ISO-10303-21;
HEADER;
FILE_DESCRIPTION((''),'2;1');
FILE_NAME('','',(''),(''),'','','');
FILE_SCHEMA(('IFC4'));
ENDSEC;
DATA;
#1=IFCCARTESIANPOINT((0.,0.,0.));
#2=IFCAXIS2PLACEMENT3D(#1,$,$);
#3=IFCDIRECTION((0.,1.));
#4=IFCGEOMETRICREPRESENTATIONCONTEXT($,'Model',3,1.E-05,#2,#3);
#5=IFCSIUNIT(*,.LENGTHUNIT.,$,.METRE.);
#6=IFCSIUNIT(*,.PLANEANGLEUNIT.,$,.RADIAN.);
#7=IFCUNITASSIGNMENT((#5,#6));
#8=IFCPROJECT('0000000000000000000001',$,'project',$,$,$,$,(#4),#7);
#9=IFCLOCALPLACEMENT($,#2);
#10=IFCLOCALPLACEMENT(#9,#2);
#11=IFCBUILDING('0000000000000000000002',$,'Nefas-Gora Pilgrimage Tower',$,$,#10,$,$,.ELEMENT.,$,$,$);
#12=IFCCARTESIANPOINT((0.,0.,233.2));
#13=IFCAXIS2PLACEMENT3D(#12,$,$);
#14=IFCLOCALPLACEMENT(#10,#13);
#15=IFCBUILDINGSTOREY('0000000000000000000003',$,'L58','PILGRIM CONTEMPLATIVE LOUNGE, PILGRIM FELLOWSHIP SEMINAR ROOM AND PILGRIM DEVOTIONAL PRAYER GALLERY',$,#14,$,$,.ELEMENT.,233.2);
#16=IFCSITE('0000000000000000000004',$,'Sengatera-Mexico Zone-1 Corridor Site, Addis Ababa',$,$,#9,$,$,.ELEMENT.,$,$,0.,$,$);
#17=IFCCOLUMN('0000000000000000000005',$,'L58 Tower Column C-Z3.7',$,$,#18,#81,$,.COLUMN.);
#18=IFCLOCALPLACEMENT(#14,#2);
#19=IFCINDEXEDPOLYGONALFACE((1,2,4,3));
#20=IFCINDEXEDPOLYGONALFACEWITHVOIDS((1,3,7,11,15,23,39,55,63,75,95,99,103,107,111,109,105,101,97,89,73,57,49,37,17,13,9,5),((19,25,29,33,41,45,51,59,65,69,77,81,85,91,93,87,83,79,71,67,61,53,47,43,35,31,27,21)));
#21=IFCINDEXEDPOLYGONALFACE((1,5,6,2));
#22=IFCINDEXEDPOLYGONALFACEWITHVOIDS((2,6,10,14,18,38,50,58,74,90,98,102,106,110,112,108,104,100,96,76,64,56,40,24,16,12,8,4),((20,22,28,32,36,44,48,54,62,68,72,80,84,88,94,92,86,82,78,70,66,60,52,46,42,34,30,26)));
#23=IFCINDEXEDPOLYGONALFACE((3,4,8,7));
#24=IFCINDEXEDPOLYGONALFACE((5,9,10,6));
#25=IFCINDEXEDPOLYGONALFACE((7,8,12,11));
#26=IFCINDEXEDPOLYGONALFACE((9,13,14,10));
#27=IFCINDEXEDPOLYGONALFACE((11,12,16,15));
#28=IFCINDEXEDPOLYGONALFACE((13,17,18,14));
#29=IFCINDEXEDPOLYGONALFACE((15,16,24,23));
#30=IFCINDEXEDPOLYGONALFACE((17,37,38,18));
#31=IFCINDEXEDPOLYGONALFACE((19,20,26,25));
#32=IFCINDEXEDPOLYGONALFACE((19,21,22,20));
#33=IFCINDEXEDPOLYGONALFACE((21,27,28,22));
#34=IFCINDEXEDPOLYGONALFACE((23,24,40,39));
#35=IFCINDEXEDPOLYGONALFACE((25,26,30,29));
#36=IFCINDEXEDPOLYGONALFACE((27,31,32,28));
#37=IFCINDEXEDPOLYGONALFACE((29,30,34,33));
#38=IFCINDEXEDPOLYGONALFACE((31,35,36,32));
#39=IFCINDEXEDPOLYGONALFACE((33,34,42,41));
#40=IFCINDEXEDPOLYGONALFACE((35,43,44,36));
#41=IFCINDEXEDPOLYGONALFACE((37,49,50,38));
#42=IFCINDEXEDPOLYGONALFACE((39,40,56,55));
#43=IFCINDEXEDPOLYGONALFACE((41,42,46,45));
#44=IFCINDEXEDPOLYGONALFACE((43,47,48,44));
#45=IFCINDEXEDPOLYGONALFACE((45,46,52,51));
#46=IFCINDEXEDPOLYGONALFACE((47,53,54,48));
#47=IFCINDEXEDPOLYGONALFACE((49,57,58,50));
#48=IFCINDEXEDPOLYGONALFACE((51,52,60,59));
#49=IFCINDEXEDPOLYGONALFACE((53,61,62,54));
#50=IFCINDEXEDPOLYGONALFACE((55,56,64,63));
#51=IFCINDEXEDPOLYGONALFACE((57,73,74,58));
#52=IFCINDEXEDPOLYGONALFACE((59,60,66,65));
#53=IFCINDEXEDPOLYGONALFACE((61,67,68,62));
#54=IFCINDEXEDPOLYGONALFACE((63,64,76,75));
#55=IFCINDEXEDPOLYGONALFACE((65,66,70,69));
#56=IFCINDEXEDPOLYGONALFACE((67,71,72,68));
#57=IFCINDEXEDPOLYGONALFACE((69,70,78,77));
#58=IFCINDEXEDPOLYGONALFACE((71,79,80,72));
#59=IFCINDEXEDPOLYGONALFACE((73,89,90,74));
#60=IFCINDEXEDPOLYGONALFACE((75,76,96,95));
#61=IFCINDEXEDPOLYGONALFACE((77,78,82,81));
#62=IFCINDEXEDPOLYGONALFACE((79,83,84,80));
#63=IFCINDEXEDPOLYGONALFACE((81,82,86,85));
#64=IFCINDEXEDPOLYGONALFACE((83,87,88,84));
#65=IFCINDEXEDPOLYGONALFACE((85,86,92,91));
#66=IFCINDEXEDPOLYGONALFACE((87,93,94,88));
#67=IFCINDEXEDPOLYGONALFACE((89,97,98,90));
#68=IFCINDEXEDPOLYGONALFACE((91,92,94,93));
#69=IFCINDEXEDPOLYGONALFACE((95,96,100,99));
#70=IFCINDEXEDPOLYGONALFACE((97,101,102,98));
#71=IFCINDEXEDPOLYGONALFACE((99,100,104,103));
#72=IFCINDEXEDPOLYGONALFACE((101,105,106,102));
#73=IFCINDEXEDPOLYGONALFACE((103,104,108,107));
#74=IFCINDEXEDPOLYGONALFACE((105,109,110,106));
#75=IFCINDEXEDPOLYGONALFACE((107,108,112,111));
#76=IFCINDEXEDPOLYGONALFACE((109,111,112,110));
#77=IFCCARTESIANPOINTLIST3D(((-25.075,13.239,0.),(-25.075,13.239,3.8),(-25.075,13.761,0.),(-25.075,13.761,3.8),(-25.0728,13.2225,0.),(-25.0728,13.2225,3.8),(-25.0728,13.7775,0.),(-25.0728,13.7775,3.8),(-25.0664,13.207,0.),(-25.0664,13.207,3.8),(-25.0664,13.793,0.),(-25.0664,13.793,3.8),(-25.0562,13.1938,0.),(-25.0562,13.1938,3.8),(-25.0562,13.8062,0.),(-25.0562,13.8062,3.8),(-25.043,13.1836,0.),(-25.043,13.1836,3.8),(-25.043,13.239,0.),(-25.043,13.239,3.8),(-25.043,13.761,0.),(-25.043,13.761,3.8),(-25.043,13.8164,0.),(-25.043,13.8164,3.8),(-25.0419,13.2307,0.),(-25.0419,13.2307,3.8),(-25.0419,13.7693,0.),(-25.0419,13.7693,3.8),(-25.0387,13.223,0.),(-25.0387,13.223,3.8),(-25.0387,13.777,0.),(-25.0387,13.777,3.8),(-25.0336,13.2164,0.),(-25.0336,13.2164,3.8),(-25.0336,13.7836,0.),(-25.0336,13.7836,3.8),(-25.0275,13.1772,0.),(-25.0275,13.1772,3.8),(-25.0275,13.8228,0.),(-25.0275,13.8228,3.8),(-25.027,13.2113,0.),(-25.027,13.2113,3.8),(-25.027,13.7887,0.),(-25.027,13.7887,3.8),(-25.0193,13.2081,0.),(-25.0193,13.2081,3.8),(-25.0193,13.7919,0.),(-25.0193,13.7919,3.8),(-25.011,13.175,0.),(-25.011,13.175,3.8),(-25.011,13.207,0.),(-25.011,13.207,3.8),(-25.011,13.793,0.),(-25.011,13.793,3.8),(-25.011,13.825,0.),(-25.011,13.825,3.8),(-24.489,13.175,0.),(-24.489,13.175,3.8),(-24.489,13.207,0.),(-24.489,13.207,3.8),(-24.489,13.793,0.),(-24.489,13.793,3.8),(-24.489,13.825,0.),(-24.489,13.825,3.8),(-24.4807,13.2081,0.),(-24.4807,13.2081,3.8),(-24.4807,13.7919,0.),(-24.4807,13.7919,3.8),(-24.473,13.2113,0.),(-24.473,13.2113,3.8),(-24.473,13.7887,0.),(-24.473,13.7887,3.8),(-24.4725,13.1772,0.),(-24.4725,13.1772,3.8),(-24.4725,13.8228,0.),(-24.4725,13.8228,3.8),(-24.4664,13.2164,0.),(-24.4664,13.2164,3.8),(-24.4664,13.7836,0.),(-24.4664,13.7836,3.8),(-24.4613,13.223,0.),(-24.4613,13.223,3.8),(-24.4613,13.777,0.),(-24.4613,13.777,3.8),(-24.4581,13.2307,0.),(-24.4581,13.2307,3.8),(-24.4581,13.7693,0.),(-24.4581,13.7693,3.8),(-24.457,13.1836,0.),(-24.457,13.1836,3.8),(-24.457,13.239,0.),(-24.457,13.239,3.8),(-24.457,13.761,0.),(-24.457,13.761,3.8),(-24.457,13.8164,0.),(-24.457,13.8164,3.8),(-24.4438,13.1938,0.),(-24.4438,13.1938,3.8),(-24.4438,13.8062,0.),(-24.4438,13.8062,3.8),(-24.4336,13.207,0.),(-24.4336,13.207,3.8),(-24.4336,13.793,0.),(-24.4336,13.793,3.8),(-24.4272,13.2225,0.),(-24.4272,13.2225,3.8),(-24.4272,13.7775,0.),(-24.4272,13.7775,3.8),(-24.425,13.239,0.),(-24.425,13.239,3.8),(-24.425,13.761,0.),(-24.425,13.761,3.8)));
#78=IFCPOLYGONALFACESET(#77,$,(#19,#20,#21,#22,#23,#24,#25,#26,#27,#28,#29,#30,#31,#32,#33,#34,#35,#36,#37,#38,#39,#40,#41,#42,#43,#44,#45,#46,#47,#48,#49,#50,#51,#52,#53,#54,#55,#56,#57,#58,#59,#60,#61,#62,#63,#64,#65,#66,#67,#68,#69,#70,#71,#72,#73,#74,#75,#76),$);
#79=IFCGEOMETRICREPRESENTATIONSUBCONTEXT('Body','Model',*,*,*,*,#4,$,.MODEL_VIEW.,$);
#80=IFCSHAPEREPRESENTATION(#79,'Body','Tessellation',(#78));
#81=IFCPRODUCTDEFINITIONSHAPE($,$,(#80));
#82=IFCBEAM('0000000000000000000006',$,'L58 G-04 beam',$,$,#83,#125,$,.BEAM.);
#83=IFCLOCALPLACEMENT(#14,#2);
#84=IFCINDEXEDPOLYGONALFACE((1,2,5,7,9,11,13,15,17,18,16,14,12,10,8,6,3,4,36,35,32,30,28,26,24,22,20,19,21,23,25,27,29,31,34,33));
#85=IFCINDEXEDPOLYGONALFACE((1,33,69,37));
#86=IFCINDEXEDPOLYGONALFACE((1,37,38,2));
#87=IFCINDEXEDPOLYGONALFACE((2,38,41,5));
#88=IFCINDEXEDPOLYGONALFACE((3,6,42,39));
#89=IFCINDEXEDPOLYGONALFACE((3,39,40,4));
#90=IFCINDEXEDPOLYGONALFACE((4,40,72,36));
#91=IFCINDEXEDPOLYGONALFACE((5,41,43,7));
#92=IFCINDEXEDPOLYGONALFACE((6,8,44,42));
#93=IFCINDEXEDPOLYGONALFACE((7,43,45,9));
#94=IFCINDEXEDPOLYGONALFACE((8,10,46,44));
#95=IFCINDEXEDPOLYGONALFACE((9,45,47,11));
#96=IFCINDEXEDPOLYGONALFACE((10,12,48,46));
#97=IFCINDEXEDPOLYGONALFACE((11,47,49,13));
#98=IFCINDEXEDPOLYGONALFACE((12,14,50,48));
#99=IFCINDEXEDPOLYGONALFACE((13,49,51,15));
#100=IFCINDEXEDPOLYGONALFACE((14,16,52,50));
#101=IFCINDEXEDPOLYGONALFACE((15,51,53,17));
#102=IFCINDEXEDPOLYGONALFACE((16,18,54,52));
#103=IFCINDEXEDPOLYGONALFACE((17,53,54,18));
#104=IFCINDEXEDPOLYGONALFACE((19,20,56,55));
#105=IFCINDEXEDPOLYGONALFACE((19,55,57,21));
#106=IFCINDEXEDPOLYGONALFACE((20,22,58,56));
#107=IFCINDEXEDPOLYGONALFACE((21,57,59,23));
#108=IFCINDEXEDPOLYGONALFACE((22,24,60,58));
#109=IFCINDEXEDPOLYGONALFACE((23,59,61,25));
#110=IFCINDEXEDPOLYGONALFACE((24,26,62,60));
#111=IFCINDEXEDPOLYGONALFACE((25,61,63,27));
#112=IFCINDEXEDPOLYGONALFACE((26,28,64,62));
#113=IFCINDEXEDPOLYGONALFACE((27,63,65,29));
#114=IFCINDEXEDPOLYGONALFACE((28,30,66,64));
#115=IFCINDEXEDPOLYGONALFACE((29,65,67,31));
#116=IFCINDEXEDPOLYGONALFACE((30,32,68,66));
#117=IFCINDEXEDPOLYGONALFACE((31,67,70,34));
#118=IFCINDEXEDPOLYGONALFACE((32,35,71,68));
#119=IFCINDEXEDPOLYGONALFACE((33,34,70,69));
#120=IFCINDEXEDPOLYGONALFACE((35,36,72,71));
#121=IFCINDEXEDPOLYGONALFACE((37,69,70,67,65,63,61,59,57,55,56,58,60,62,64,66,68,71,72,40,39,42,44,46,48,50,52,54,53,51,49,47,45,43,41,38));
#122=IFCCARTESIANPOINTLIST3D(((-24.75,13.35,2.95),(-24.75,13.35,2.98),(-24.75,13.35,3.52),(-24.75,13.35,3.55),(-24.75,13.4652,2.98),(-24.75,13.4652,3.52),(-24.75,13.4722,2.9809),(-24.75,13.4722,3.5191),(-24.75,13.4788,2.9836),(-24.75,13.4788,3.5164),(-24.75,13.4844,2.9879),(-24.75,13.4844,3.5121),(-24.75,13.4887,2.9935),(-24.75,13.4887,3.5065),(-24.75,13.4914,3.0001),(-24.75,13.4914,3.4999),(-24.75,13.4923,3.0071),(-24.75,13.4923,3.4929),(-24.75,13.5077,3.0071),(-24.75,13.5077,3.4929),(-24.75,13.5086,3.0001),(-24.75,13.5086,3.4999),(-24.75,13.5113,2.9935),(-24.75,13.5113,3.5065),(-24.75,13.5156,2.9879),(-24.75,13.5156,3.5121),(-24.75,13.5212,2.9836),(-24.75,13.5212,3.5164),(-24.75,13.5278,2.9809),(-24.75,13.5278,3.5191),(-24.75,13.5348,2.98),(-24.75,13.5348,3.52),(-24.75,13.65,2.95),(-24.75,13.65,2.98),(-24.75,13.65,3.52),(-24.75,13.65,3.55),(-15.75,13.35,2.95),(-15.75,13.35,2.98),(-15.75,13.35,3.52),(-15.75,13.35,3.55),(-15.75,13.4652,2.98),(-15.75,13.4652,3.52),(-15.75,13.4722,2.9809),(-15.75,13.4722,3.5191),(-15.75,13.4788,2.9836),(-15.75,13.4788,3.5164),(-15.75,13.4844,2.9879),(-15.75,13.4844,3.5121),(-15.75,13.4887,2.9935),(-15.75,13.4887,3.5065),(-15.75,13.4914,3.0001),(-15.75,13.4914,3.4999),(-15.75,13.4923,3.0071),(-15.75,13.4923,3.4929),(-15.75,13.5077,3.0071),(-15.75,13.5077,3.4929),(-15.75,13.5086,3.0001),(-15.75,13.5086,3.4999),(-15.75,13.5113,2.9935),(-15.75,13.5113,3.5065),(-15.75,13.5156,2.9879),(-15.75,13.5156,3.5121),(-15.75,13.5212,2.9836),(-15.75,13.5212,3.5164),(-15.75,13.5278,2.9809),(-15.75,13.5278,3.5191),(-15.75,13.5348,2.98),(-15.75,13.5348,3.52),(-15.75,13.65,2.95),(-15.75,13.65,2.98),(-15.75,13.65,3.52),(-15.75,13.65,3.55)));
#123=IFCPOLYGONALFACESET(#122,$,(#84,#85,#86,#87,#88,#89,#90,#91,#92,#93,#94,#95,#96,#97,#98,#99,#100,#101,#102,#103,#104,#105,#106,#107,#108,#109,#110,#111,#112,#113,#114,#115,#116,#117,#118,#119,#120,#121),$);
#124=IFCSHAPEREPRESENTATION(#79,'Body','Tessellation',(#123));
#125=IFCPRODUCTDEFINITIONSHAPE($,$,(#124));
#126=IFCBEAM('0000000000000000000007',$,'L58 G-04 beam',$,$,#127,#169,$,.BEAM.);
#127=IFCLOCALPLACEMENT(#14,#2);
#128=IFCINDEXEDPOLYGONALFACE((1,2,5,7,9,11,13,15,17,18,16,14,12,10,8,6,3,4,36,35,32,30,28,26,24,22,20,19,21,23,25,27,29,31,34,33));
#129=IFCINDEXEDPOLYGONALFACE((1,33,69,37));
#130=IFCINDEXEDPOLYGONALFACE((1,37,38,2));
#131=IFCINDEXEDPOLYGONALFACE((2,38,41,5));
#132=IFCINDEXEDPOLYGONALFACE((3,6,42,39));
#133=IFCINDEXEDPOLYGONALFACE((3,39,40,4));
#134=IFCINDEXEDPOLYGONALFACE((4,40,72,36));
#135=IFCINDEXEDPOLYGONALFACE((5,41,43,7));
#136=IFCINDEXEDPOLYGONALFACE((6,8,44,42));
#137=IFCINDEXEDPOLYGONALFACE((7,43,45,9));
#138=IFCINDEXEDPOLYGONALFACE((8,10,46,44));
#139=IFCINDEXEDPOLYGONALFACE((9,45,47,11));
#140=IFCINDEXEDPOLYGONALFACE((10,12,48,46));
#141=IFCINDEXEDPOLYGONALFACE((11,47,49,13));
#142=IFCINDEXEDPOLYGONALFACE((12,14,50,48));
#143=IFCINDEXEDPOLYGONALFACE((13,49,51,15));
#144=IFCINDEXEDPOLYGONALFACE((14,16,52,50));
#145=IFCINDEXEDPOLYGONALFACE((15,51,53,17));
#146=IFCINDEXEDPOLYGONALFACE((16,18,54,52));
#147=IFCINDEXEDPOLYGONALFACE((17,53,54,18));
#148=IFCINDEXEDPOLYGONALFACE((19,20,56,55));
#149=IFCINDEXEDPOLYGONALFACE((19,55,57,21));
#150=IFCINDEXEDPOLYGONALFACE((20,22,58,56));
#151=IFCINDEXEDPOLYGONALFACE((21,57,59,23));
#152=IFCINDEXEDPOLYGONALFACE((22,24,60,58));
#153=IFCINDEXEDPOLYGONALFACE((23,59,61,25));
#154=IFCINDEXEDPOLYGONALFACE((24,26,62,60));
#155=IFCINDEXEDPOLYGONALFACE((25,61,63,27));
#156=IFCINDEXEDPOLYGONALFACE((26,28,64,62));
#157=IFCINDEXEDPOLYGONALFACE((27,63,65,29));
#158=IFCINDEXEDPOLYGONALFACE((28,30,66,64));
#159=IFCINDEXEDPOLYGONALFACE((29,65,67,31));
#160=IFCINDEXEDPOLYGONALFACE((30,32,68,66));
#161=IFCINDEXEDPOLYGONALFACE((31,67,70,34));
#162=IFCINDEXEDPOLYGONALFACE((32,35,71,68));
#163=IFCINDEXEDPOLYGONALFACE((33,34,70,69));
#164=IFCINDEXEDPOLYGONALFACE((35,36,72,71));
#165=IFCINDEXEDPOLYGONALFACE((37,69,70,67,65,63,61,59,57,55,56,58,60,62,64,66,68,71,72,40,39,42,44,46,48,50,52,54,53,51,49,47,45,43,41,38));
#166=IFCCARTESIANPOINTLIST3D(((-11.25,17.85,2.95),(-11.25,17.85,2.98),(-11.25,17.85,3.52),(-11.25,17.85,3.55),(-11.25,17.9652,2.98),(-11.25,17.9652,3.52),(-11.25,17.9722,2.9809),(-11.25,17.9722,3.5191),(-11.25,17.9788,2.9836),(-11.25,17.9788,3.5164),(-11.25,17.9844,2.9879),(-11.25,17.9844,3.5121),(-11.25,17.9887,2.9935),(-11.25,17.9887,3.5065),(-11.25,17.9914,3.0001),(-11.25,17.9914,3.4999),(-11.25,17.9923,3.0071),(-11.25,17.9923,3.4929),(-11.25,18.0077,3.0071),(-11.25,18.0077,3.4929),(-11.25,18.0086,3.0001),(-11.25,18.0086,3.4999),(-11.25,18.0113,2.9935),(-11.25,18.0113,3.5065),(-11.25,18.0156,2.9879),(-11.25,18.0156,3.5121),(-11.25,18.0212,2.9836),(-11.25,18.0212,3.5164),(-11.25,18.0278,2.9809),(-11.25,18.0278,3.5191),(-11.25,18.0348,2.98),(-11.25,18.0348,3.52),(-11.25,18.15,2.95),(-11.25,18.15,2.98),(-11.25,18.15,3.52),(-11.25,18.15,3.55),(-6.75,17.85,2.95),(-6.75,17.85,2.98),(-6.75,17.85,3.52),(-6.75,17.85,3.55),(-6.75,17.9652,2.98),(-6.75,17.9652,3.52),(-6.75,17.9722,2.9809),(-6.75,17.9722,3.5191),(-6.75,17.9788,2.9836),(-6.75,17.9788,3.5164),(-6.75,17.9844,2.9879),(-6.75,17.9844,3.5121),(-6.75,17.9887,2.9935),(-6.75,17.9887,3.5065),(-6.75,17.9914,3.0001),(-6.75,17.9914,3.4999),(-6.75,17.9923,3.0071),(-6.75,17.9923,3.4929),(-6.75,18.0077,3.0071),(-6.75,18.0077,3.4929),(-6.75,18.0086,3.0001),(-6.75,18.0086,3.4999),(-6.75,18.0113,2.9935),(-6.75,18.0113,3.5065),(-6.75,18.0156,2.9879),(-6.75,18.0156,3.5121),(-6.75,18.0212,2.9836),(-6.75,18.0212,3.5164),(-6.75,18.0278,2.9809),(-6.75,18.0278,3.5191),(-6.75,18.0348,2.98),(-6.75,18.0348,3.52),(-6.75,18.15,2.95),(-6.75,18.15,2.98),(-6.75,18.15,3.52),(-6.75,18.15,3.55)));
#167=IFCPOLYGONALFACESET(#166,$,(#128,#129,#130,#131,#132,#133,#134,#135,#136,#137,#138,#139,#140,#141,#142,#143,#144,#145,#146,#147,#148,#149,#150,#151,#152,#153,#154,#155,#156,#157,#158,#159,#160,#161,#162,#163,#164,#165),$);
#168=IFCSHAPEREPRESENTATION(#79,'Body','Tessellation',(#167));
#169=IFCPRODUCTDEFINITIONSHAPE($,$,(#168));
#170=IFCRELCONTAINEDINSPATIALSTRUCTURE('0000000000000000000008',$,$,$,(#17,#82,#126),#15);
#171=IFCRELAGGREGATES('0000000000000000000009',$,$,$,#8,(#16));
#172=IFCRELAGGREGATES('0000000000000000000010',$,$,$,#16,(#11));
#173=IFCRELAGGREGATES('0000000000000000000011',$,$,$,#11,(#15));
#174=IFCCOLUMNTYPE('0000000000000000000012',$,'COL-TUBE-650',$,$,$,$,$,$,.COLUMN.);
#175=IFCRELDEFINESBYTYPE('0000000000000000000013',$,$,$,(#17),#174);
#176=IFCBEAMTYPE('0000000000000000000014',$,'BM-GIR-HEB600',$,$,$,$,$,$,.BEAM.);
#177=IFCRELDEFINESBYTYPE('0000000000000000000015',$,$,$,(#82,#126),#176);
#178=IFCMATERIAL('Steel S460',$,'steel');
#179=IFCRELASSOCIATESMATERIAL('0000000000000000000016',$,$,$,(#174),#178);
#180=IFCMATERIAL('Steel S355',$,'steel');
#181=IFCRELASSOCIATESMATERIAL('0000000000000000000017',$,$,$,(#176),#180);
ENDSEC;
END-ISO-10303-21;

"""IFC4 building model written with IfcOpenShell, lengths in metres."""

from ifc_helpers import new_model, si_unit, direction, frame, origin, origin_2d, place, context, subcontext, project, spatial, hollow_rectangle, i_section, extrude, source, transform, mapped, material, material_profile, profile_set, type_object, element, save


model = new_model("IFC4")

# Units and contexts
model_context = context("Model", 3, precision=1e-05, world=origin(), true_north=direction((0.0, 1.0)))
body_context = subcontext(model_context, "Body", "Model", "MODEL_VIEW")
ifc_project = project(units=[si_unit("LENGTHUNIT", "METRE"), si_unit("PLANEANGLEUNIT", "RADIAN")], contexts=[model_context])

# Site, building, storey
site_placement = place(None, origin())
site = spatial("IfcSite", under=ifc_project, at=site_placement, Name="Sengatera-Mexico Zone-1 Corridor Site, Addis Ababa", CompositionType="ELEMENT", RefElevation=0.0)
building_placement = place(site_placement, origin())
building = spatial("IfcBuilding", under=site, at=building_placement, Name="Nefas-Gora Pilgrimage Tower", CompositionType="ELEMENT")
storey_placement = place(building_placement, frame((0.0, 0.0, 233.2)))
storey = spatial("IfcBuildingStorey", under=building, at=storey_placement, Name="L58", Description="PILGRIM CONTEMPLATIVE LOUNGE, PILGRIM FELLOWSHIP SEMINAR ROOM AND PILGRIM DEVOTIONAL PRAYER GALLERY", CompositionType="ELEMENT", Elevation=233.2)

# Column
ifc_material_1 = material(Name="Steel S460", Category="steel")
ifc_material_profile_1 = material_profile(ifc_material_1, hollow_rectangle(XDim=0.6499, YDim=0.6499, WallThickness=0.032, InnerFilletRadius=0.032, OuterFilletRadius=0.064, at=origin_2d()), Name="BOX 650x650x32")
ifc_profile_set_1 = profile_set([ifc_material_profile_1], Name="Steel S460")
column_type_1 = type_object("IfcColumnType", Name="COL-TUBE-650", PredefinedType="COLUMN", material=ifc_profile_set_1)
shared_shape_1 = source(origin(), body_context, "Body", "SweptSolid", [
    extrude(hollow_rectangle(XDim=0.6499, YDim=0.6499, WallThickness=0.032, InnerFilletRadius=0.032, OuterFilletRadius=0.064, at=origin_2d()), origin(), (0.0, 0.0, 1.0), 3.8),
])
column_placement = place(storey_placement, frame((-24.75, 13.5, 0.0), z_axis=(0.0, 0.0, 1.0), x_axis=(1.0, 0.0, 0.0)))
element("IfcColumn", 1, at=column_placement, inside=storey, type_object=column_type_1, Name="L58 Tower Column C-Z3.7", PredefinedType="COLUMN", context=body_context, shape_type="MappedRepresentation", body=[
    mapped(shared_shape_1, transform((0.0, 0.0, 0.0), x_axis=(1.0, 0.0, 0.0), y_axis=(0.0, 1.0, 0.0), z_axis=(0.0, 0.0, 1.0), scale=1.0)),
])

# Beams
ifc_material_2 = material(Name="Steel S355", Category="steel")
ifc_material_profile_2 = material_profile(ifc_material_2, i_section(OverallWidth=0.3, OverallDepth=0.6001, WebThickness=0.0154, FlangeThickness=0.03, FilletRadius=0.0271, at=origin_2d()), Name="HEB 600")
ifc_profile_set_2 = profile_set([ifc_material_profile_2], Name="Steel S355")
beam_type = type_object("IfcBeamType", Name="BM-GIR-HEB600", PredefinedType="BEAM", material=ifc_profile_set_2)
shared_shape_2 = source(origin(), body_context, "Body", "SweptSolid", [
    extrude(i_section(OverallWidth=0.3, OverallDepth=0.6001, WebThickness=0.0154, FlangeThickness=0.03, FilletRadius=0.0271, at=origin_2d()), origin(), (0.0, 0.0, 1.0), 9.0),
])
beam_1_placement = place(storey_placement, frame((-24.75, 13.5, 3.25), z_axis=(1.0, 0.0, 0.0), x_axis=(0.0, 1.0, 0.0)))
element("IfcBeam", 2, at=beam_1_placement, inside=storey, type_object=beam_type, Name="L58 G-04 beam", PredefinedType="BEAM", context=body_context, shape_type="MappedRepresentation", body=[
    mapped(shared_shape_2, transform((0.0, 0.0, 0.0), x_axis=(1.0, 0.0, 0.0), y_axis=(0.0, 1.0, 0.0), z_axis=(0.0, 0.0, 1.0), scale=1.0)),
])
shared_shape_3 = source(origin(), body_context, "Body", "SweptSolid", [
    extrude(i_section(OverallWidth=0.3, OverallDepth=0.6001, WebThickness=0.0154, FlangeThickness=0.03, FilletRadius=0.0271, at=origin_2d()), origin(), (0.0, 0.0, 1.0), 4.5),
])
beam_2_placement = place(storey_placement, frame((-11.25, 18.0, 3.25), z_axis=(1.0, 0.0, 0.0), x_axis=(0.0, 1.0, 0.0)))
element("IfcBeam", 3, at=beam_2_placement, inside=storey, type_object=beam_type, Name="L58 G-04 beam", PredefinedType="BEAM", context=body_context, shape_type="MappedRepresentation", body=[
    mapped(shared_shape_3, transform((0.0, 0.0, 0.0), x_axis=(1.0, 0.0, 0.0), y_axis=(0.0, 1.0, 0.0), z_axis=(0.0, 0.0, 1.0), scale=1.0)),
])

save(model, "model.ifc")
